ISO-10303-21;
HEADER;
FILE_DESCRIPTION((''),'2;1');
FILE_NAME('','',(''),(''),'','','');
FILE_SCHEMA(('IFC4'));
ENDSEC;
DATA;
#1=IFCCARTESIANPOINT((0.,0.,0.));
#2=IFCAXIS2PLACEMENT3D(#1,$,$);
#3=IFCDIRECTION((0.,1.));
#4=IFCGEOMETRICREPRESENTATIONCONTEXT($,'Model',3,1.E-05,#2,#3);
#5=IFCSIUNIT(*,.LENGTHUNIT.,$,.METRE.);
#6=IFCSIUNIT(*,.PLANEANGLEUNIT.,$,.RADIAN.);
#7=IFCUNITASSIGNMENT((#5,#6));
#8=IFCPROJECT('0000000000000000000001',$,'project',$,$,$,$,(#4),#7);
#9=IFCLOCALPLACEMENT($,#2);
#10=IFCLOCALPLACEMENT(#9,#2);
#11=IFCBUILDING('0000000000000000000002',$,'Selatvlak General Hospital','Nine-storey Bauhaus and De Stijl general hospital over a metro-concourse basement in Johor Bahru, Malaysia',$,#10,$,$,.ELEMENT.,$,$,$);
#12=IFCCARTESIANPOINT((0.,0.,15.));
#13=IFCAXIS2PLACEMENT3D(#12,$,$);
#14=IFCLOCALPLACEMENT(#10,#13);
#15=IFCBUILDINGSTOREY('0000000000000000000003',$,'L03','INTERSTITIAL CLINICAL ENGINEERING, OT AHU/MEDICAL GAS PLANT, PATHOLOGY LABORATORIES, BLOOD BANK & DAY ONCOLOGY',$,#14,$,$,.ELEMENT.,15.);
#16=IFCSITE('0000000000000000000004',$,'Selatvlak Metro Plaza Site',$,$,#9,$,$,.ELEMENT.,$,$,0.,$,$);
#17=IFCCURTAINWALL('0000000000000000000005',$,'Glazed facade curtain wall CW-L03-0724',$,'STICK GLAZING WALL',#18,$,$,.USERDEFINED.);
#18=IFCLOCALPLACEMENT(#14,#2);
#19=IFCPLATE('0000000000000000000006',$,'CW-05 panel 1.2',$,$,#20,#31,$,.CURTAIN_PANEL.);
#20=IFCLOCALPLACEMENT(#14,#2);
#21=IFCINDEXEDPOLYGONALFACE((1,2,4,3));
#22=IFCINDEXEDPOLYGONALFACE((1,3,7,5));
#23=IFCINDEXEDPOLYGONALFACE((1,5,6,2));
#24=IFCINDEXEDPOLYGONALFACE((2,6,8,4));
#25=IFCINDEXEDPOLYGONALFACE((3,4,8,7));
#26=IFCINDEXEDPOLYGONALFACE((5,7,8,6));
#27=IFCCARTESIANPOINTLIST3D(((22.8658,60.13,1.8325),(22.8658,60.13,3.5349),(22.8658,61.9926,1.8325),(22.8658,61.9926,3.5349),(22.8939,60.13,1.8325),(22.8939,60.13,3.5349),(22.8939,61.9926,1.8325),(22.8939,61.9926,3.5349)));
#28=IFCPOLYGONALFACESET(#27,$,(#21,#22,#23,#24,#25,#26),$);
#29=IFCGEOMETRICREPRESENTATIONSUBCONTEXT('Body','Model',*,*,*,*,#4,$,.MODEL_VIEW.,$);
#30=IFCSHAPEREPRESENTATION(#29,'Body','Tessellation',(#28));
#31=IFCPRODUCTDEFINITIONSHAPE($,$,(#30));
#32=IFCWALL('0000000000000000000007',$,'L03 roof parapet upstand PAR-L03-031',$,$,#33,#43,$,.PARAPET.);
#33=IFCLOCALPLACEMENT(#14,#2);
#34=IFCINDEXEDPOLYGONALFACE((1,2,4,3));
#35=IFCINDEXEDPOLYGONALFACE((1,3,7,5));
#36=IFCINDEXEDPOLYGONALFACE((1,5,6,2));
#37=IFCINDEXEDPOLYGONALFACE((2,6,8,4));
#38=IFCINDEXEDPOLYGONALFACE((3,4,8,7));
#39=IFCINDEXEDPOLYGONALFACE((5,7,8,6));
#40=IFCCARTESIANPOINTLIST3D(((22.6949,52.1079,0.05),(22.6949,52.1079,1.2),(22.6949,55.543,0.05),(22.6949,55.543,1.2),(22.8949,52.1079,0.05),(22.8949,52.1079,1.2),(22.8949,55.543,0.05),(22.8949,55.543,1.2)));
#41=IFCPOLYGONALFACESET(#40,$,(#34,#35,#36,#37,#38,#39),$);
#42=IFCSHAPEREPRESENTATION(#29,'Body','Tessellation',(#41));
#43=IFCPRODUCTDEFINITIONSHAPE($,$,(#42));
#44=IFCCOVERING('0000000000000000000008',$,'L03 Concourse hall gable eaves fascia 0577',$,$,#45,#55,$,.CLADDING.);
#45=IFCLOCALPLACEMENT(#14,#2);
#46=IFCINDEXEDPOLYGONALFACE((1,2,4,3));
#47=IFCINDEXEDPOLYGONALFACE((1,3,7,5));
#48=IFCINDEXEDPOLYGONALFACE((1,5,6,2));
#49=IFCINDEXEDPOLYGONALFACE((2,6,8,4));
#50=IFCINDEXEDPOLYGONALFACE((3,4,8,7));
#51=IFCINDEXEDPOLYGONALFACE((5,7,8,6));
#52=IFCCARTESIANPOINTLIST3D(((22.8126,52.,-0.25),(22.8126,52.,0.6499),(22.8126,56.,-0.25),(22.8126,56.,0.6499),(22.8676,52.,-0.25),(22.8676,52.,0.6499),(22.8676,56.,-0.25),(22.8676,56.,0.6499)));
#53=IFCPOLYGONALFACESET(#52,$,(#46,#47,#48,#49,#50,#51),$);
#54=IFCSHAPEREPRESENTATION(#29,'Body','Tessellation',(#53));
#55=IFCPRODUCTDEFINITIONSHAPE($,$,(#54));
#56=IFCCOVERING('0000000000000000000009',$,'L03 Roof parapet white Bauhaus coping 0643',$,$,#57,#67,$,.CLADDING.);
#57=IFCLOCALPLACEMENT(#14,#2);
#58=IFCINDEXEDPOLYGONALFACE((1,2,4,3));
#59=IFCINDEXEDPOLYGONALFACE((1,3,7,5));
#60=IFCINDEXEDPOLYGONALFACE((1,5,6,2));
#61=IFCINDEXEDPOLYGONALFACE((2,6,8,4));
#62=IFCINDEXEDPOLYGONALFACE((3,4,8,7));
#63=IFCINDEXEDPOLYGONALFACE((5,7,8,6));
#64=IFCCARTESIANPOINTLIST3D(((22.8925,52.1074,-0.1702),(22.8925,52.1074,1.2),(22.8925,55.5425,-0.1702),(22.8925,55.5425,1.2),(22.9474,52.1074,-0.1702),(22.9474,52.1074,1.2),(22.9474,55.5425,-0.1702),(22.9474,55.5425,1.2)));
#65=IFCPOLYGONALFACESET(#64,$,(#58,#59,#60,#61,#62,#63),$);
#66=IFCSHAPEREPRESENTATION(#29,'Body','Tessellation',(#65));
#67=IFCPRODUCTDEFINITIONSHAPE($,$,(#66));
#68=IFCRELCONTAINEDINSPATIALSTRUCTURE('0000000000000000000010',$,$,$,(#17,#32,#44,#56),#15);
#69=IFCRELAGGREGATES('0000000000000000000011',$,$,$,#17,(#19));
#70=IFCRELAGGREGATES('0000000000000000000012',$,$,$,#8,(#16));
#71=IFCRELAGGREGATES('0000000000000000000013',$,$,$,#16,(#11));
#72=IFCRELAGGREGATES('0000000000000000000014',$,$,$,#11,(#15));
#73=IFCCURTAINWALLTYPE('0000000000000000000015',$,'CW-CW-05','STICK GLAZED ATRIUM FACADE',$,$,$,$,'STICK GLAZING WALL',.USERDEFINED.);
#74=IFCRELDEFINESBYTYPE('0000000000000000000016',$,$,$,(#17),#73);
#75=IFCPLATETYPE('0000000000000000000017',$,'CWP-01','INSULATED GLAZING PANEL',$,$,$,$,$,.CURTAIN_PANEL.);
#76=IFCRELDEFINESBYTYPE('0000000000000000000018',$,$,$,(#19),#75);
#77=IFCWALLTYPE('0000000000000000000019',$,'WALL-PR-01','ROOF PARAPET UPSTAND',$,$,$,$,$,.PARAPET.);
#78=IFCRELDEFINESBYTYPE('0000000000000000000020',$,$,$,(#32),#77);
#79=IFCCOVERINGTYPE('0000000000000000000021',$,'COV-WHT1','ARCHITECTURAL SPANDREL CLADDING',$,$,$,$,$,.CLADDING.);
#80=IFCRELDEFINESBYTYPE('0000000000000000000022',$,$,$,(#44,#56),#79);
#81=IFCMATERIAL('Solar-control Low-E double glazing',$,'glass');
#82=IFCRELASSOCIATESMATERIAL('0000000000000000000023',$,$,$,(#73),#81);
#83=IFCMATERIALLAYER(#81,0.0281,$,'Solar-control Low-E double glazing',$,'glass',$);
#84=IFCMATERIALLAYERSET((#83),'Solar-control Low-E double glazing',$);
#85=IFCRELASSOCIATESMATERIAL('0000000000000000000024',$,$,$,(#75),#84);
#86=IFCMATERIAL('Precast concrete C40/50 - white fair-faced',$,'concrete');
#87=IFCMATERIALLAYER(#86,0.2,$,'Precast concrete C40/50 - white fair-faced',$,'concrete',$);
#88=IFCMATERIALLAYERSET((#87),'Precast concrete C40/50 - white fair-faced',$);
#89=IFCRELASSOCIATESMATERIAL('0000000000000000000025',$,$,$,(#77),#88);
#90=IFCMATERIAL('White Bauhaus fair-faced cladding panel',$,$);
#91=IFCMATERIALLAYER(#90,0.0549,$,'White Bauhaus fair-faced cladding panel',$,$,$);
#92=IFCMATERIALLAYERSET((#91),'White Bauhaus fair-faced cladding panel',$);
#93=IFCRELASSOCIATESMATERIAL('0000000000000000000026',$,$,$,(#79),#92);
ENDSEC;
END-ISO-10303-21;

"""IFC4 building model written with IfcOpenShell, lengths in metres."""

from ifc_helpers import new_model, si_unit, direction, frame, frame_2d, origin, origin_2d, place, context, subcontext, project, spatial, rectangle, extrude, material, layer, layer_set, type_object, element, aggregate, save


model = new_model("IFC4")

# Units and contexts
model_context = context("Model", 3, precision=1e-05, world=origin(), true_north=direction((0.0, 1.0)))
body_context = subcontext(model_context, "Body", "Model", "MODEL_VIEW")
ifc_project = project(units=[si_unit("LENGTHUNIT", "METRE"), si_unit("PLANEANGLEUNIT", "RADIAN")], contexts=[model_context])

# Site, building, storey
site_placement = place(None, origin())
site = spatial("IfcSite", under=ifc_project, at=site_placement, Name="Selatvlak Metro Plaza Site", CompositionType="ELEMENT", RefElevation=0.0)
building_placement = place(site_placement, origin())
building = spatial("IfcBuilding", under=site, at=building_placement, Name="Selatvlak General Hospital", Description="Nine-storey Bauhaus and De Stijl general hospital over a metro-concourse basement in Johor Bahru, Malaysia", CompositionType="ELEMENT")
storey_placement = place(building_placement, frame((0.0, 0.0, 15.0)))
storey = spatial("IfcBuildingStorey", under=building, at=storey_placement, Name="L03", Description="INTERSTITIAL CLINICAL ENGINEERING, OT AHU/MEDICAL GAS PLANT, PATHOLOGY LABORATORIES, BLOOD BANK & DAY ONCOLOGY", CompositionType="ELEMENT", Elevation=15.0)

# Curtain wall
ifc_material_1 = material(Name="Solar-control Low-E double glazing", Category="glass")
curtain_wall_type = type_object("IfcCurtainWallType", Name="CW-CW-05", Description="STICK GLAZED ATRIUM FACADE", ElementType="STICK GLAZING WALL", PredefinedType="USERDEFINED", material=ifc_material_1)
curtain_wall_1_placement = place(storey_placement, origin())
curtain_wall_1 = element("IfcCurtainWall", 1, at=curtain_wall_1_placement, inside=storey, type_object=curtain_wall_type, Name="Glazed facade curtain wall CW-L03-0724", ObjectType="STICK GLAZING WALL", PredefinedType="USERDEFINED")

# Plate
ifc_layer_1 = layer(ifc_material_1, 0.0281, Name="Solar-control Low-E double glazing", Category="glass")
ifc_layer_set_1 = layer_set([ifc_layer_1], Name="Solar-control Low-E double glazing")
plate_type = type_object("IfcPlateType", Name="CWP-01", Description="INSULATED GLAZING PANEL", PredefinedType="CURTAIN_PANEL", material=ifc_layer_set_1)
plate_1_placement = place(storey_placement, frame((22.8799, 61.0613, 1.8325), z_axis=(0.0, 0.0, 1.0), x_axis=(0.0, 1.0, 0.0)))
plate_1 = element("IfcPlate", 2, at=plate_1_placement, type_object=plate_type, Name="CW-05 panel 1.2", PredefinedType="CURTAIN_PANEL", context=body_context, shape_type="SweptSolid", body=[
    extrude(rectangle(XDim=1.8625, YDim=0.0281, at=origin_2d()), origin(), (0.0, 0.0, 1.0), 1.7024),
])
aggregate(curtain_wall_1, [plate_1])

# Wall
ifc_material_2 = material(Name="Precast concrete C40/50 - white fair-faced", Category="concrete")
ifc_layer_2 = layer(ifc_material_2, 0.2, Name="Precast concrete C40/50 - white fair-faced", Category="concrete")
ifc_layer_set_2 = layer_set([ifc_layer_2], Name="Precast concrete C40/50 - white fair-faced")
wall_type = type_object("IfcWallType", Name="WALL-PR-01", Description="ROOF PARAPET UPSTAND", PredefinedType="PARAPET", material=ifc_layer_set_2)
wall_placement = place(storey_placement, frame((22.7949, 55.543, 0.05), z_axis=(0.0, 0.0, 1.0), x_axis=(0.0, -1.0, 0.0)))
element("IfcWall", 3, at=wall_placement, inside=storey, type_object=wall_type, Name="L03 roof parapet upstand PAR-L03-031", PredefinedType="PARAPET", context=body_context, shape_type="SweptSolid", body=[
    extrude(rectangle(XDim=3.4351, YDim=0.2, at=frame_2d((1.7175, 0.0))), origin(), (0.0, 0.0, 1.0), 1.1499),
])

# Coverings
ifc_material_3 = material(Name="White Bauhaus fair-faced cladding panel")
ifc_layer_3 = layer(ifc_material_3, 0.0549, Name="White Bauhaus fair-faced cladding panel")
ifc_layer_set_3 = layer_set([ifc_layer_3], Name="White Bauhaus fair-faced cladding panel")
covering_type = type_object("IfcCoveringType", Name="COV-WHT1", Description="ARCHITECTURAL SPANDREL CLADDING", PredefinedType="CLADDING", material=ifc_layer_set_3)
covering_1_placement = place(storey_placement, frame((22.8401, 54.0, -0.25), z_axis=(0.0, 0.0, 1.0), x_axis=(0.0, 1.0, 0.0)))
element("IfcCovering", 4, at=covering_1_placement, inside=storey, type_object=covering_type, Name="L03 Concourse hall gable eaves fascia 0577", PredefinedType="CLADDING", context=body_context, shape_type="SweptSolid", body=[
    extrude(rectangle(XDim=4.0, YDim=0.0549, at=origin_2d()), origin(), (0.0, 0.0, 1.0), 0.8999),
])
covering_2_placement = place(storey_placement, frame((22.9199, 53.825, -0.1702), z_axis=(0.0, 0.0, 1.0), x_axis=(0.0, -1.0, 0.0)))
element("IfcCovering", 5, at=covering_2_placement, inside=storey, type_object=covering_type, Name="L03 Roof parapet white Bauhaus coping 0643", PredefinedType="CLADDING", context=body_context, shape_type="SweptSolid", body=[
    extrude(rectangle(XDim=3.4351, YDim=0.0549, at=origin_2d()), origin(), (0.0, 0.0, 1.0), 1.3701),
])

save(model, "model.ifc")
